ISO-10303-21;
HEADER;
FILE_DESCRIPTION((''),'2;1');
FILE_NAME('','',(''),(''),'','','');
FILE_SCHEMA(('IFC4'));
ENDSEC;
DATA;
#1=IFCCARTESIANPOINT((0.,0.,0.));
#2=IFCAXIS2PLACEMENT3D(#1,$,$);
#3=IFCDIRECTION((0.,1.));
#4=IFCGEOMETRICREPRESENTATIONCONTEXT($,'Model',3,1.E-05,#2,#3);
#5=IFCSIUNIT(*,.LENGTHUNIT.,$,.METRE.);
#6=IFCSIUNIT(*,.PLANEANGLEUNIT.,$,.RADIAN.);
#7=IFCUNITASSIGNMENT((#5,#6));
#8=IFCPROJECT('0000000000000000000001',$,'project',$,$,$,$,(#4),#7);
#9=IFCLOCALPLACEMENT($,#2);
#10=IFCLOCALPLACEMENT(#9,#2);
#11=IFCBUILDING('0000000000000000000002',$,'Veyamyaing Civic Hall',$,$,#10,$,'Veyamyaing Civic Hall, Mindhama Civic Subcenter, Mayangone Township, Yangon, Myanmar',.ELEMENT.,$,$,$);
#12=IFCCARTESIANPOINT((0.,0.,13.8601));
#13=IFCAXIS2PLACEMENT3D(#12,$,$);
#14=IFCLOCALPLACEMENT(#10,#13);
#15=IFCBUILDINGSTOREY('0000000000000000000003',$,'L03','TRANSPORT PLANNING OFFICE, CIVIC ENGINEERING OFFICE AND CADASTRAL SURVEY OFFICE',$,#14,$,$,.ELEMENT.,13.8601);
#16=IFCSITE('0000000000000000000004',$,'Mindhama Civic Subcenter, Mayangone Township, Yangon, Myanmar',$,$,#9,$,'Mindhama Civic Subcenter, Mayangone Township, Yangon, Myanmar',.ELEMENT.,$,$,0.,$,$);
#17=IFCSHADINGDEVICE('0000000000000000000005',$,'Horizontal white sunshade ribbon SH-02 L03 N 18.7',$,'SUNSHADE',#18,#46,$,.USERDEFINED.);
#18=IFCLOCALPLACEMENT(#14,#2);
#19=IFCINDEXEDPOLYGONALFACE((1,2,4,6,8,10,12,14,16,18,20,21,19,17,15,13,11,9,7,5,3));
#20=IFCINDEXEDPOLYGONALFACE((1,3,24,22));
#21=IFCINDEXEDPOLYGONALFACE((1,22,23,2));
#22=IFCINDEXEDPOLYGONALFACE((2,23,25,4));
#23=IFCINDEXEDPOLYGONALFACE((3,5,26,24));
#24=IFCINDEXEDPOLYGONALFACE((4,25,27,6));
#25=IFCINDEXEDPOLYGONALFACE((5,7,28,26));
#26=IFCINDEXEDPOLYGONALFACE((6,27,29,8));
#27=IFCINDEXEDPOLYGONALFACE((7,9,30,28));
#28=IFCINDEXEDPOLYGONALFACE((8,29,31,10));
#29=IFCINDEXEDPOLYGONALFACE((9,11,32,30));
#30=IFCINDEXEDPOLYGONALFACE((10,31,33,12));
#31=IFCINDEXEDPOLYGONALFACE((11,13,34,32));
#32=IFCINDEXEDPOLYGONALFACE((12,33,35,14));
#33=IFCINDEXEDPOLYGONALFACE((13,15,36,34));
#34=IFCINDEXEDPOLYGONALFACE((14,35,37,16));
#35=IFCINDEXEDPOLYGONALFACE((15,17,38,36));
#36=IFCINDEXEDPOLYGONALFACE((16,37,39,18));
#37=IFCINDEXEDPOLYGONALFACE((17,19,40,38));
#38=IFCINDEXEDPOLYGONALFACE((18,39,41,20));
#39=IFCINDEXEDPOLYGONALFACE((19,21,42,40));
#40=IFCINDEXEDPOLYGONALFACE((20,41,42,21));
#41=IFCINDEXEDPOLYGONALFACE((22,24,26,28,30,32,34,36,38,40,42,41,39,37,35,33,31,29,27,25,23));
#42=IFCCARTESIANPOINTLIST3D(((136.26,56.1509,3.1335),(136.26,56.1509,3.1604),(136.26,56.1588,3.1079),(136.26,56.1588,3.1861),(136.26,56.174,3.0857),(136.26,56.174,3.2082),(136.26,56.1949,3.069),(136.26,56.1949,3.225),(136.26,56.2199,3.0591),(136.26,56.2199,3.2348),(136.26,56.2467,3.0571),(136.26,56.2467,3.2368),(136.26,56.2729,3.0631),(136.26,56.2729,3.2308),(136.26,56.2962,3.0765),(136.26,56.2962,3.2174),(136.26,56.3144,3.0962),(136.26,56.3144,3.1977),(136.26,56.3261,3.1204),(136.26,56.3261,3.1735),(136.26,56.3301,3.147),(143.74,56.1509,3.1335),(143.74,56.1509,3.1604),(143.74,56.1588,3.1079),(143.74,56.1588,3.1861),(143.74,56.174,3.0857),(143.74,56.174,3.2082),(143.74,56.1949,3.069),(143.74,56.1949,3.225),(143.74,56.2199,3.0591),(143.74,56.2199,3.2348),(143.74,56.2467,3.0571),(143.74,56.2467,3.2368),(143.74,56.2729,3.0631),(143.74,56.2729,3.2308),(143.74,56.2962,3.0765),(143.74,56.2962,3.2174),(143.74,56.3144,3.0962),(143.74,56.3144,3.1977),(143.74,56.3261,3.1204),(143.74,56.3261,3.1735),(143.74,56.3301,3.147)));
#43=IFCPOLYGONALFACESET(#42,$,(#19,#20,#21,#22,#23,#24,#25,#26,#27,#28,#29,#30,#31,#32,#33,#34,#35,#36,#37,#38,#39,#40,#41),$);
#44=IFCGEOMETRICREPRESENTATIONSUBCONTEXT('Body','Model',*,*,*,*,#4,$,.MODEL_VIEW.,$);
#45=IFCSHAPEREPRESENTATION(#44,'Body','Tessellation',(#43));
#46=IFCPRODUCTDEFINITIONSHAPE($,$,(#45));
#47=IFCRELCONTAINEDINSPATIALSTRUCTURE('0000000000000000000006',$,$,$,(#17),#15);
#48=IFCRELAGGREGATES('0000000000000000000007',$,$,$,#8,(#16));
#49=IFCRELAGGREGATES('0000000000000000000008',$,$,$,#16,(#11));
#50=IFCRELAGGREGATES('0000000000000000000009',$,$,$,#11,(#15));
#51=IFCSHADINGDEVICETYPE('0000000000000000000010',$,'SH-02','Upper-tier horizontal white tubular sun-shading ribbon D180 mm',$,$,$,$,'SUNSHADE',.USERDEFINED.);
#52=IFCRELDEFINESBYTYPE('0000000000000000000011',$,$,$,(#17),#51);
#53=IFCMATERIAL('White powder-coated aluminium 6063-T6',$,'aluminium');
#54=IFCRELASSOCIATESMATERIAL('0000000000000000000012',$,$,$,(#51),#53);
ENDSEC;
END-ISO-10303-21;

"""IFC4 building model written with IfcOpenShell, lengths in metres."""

from ifc_helpers import new_model, si_unit, direction, frame, origin, origin_2d, place, context, subcontext, project, spatial, circle, extrude, material, material_profile, profile_set, type_object, element, save


model = new_model("IFC4")

# Units and contexts
model_context = context("Model", 3, precision=1e-05, world=origin(), true_north=direction((0.0, 1.0)))
body_context = subcontext(model_context, "Body", "Model", "MODEL_VIEW")
ifc_project = project(units=[si_unit("LENGTHUNIT", "METRE"), si_unit("PLANEANGLEUNIT", "RADIAN")], contexts=[model_context])

# Site, building, storey
site_placement = place(None, origin())
site = spatial("IfcSite", under=ifc_project, at=site_placement, Name="Mindhama Civic Subcenter, Mayangone Township, Yangon, Myanmar", LongName="Mindhama Civic Subcenter, Mayangone Township, Yangon, Myanmar", CompositionType="ELEMENT", RefElevation=0.0)
building_placement = place(site_placement, origin())
building = spatial("IfcBuilding", under=site, at=building_placement, Name="Veyamyaing Civic Hall", LongName="Veyamyaing Civic Hall, Mindhama Civic Subcenter, Mayangone Township, Yangon, Myanmar", CompositionType="ELEMENT")
storey_placement = place(building_placement, frame((0.0, 0.0, 13.8601)))
storey = spatial("IfcBuildingStorey", under=building, at=storey_placement, Name="L03", Description="TRANSPORT PLANNING OFFICE, CIVIC ENGINEERING OFFICE AND CADASTRAL SURVEY OFFICE", CompositionType="ELEMENT", Elevation=13.8601)

# Shading device
ifc_material_1 = material(Name="White powder-coated aluminium 6063-T6", Category="aluminium")
ifc_material_profile_1 = material_profile(ifc_material_1, circle(Radius=0.0901, at=origin_2d()), Name="SHADE-TUBE-180")
ifc_profile_set_1 = profile_set([ifc_material_profile_1], Name="White powder-coated aluminium 6063-T6")
shading_device_type = type_object("IfcShadingDeviceType", Name="SH-02", Description="Upper-tier horizontal white tubular sun-shading ribbon D180 mm", ElementType="SUNSHADE", PredefinedType="USERDEFINED", material=ifc_profile_set_1)
shading_device_placement = place(storey_placement, frame((136.26, 56.24, 3.147), z_axis=(1.0, 0.0, 0.0), x_axis=(0.0, 1.0, 0.0)))
element("IfcShadingDevice", 1, at=shading_device_placement, inside=storey, type_object=shading_device_type, Name="Horizontal white sunshade ribbon SH-02 L03 N 18.7", ObjectType="SUNSHADE", PredefinedType="USERDEFINED", context=body_context, shape_type="SweptSolid", body=[
    extrude(circle(Radius=0.0901, at=origin_2d()), origin(), (0.0, 0.0, 1.0), 7.48),
])

save(model, "model.ifc")
